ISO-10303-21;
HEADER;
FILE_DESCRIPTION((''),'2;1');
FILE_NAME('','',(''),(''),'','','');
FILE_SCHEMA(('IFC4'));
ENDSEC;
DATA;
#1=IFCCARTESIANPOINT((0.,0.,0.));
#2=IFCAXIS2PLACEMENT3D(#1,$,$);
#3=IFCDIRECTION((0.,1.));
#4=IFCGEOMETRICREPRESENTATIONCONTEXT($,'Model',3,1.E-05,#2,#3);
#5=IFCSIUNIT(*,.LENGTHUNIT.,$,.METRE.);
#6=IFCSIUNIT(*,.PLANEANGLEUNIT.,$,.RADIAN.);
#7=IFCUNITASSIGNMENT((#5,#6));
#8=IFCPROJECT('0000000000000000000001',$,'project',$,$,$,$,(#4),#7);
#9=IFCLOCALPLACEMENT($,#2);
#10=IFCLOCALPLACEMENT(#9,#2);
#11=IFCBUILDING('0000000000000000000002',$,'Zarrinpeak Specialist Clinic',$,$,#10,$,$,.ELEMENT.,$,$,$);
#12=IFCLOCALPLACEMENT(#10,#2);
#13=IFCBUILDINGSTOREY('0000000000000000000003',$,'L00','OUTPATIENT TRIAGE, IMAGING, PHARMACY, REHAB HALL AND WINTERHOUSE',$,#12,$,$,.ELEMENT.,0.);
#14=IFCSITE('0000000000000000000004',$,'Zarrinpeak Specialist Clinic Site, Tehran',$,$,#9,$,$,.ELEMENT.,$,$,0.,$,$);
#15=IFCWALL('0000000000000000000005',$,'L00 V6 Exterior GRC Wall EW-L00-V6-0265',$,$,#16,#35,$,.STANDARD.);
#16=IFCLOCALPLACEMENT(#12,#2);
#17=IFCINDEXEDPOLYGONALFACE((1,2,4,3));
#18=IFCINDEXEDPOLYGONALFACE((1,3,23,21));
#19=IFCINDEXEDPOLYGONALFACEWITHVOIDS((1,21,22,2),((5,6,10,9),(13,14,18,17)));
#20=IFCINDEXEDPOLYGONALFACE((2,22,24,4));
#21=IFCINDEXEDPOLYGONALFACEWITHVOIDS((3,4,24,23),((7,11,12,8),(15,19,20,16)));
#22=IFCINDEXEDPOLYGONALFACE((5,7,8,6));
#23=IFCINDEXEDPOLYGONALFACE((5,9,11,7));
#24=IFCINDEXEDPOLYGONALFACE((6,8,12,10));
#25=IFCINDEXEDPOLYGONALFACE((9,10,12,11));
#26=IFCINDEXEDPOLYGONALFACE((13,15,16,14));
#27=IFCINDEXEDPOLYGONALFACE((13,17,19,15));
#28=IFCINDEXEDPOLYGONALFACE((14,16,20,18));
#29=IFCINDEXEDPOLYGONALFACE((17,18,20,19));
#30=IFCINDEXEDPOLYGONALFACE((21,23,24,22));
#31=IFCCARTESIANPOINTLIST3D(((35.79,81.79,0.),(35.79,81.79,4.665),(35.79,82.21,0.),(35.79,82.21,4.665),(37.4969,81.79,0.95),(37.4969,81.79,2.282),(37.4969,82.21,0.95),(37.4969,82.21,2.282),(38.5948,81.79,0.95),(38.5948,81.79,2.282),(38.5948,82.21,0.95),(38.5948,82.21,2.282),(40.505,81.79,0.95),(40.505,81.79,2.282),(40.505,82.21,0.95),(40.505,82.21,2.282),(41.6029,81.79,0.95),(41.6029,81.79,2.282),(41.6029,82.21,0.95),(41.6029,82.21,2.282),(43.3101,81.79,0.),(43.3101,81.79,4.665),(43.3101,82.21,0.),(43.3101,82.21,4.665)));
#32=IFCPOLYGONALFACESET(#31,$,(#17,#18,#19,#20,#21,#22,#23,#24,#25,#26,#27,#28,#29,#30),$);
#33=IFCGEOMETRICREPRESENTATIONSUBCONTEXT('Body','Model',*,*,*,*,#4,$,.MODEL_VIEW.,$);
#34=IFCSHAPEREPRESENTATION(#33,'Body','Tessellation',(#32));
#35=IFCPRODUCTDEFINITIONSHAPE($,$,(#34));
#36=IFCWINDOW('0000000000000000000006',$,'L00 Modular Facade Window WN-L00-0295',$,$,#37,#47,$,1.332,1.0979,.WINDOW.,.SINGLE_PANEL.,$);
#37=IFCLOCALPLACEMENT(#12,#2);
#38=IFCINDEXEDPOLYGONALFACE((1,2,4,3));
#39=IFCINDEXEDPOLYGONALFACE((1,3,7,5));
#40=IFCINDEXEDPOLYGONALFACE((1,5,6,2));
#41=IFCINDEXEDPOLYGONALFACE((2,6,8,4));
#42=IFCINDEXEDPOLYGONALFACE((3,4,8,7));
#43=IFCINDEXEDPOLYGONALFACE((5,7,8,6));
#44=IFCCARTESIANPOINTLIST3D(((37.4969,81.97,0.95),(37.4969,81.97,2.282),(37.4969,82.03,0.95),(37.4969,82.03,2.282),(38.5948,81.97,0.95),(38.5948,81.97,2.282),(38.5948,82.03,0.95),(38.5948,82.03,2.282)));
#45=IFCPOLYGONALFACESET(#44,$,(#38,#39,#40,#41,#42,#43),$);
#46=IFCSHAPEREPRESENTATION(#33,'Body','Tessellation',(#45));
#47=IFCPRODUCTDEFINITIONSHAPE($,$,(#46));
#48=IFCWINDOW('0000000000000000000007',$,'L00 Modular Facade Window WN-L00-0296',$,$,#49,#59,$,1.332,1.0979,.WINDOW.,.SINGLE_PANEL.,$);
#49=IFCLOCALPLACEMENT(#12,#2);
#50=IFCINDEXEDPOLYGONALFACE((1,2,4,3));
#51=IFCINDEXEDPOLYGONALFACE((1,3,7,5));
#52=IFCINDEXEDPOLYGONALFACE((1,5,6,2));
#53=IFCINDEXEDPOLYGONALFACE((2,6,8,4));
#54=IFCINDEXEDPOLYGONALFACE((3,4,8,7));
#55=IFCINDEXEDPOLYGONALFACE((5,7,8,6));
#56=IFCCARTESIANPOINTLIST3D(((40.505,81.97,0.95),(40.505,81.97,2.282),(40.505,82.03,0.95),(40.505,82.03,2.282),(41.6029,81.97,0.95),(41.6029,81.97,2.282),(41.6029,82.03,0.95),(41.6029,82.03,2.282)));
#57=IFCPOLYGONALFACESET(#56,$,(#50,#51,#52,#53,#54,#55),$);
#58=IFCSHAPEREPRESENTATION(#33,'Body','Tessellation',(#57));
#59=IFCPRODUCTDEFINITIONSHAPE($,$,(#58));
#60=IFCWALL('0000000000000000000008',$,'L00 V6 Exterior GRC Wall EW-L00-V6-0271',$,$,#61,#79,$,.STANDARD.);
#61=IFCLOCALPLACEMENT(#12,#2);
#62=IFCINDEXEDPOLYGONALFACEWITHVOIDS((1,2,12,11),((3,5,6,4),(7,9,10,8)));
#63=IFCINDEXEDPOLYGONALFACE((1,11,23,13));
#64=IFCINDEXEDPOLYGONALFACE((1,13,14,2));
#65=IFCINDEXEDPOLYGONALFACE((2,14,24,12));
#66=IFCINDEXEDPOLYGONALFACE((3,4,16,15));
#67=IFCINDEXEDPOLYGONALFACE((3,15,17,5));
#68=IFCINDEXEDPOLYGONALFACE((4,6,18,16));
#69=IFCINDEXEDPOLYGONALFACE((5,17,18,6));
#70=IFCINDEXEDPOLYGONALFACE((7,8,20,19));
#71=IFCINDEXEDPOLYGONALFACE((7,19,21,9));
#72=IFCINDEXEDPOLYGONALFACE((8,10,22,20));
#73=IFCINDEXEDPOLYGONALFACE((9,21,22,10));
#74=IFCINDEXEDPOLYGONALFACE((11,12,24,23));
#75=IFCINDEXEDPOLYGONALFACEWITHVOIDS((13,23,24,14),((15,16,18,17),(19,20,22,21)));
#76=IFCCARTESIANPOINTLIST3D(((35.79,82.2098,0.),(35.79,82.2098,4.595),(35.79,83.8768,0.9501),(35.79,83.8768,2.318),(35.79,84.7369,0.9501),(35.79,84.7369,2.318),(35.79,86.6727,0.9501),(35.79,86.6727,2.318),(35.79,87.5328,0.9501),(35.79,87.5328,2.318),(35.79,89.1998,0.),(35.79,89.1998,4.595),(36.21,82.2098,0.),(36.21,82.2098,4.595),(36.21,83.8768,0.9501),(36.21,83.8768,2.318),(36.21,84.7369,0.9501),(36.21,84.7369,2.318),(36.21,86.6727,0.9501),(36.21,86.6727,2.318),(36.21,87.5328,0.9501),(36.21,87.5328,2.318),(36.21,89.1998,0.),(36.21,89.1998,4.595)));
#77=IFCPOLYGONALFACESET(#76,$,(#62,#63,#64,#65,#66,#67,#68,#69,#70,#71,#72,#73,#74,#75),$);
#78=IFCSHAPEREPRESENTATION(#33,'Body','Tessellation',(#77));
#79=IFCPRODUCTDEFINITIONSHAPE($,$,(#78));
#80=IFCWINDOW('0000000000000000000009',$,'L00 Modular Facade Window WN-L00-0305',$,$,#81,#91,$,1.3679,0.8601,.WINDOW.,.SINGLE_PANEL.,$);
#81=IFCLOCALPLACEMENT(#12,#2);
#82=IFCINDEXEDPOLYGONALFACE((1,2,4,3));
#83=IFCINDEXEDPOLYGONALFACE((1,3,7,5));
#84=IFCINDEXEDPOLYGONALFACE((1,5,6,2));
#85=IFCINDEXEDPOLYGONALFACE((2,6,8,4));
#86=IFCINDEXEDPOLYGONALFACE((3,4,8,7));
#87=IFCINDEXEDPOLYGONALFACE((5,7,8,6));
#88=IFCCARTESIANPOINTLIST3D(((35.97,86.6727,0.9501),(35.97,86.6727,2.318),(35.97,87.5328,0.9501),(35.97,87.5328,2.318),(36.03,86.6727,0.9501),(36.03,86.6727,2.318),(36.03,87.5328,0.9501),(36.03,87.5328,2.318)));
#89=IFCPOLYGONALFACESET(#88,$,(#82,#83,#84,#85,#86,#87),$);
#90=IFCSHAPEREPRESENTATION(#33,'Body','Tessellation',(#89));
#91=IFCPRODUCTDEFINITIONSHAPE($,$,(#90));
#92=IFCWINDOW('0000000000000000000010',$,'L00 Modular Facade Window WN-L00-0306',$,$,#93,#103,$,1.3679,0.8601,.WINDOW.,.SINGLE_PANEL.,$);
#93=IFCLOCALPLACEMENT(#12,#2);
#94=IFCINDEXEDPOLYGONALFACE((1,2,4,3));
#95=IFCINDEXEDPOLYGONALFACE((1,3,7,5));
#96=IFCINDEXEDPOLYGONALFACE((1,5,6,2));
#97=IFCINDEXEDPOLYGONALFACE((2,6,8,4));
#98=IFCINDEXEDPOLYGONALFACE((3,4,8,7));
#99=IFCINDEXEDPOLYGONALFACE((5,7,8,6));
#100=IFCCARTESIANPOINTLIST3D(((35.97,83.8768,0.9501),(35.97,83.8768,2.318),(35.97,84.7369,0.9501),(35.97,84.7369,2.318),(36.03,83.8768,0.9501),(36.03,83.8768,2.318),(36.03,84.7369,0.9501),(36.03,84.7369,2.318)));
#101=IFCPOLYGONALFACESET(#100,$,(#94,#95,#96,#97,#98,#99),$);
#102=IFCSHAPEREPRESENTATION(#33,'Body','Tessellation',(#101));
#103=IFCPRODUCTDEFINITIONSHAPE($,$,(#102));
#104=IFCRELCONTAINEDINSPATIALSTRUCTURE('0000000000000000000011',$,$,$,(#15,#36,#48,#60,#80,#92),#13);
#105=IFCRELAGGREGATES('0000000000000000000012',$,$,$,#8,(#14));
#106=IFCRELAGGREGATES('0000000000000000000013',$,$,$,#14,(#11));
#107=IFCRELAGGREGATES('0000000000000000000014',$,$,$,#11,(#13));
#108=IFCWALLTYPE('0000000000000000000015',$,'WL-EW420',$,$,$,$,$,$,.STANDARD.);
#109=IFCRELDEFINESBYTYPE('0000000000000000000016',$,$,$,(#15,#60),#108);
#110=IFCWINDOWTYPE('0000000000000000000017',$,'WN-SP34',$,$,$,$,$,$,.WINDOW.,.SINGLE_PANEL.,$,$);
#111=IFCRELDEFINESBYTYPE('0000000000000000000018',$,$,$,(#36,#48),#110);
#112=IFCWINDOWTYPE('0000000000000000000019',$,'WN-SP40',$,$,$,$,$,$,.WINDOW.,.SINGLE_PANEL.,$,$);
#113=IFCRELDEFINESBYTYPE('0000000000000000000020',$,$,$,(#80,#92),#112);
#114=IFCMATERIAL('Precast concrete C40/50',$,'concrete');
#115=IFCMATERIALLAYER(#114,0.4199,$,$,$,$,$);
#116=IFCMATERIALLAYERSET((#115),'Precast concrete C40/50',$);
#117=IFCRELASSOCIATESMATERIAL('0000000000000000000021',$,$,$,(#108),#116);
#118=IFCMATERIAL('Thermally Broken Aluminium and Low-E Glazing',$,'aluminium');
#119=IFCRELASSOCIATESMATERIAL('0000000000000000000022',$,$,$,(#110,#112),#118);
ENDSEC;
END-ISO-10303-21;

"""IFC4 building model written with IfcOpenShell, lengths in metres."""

from ifc_helpers import new_model, si_unit, direction, frame, frame_2d, origin, place, context, subcontext, project, spatial, rectangle, extrude, material, layer, layer_set, type_object, element, fill, save


model = new_model("IFC4")

# Units and contexts
model_context = context("Model", 3, precision=1e-05, world=origin(), true_north=direction((0.0, 1.0)))
body_context = subcontext(model_context, "Body", "Model", "MODEL_VIEW")
ifc_project = project(units=[si_unit("LENGTHUNIT", "METRE"), si_unit("PLANEANGLEUNIT", "RADIAN")], contexts=[model_context])

# Site, building, storey
site_placement = place(None, origin())
site = spatial("IfcSite", under=ifc_project, at=site_placement, Name="Zarrinpeak Specialist Clinic Site, Tehran", CompositionType="ELEMENT", RefElevation=0.0)
building_placement = place(site_placement, origin())
building = spatial("IfcBuilding", under=site, at=building_placement, Name="Zarrinpeak Specialist Clinic", CompositionType="ELEMENT")
storey_placement = place(building_placement, origin())
storey = spatial("IfcBuildingStorey", under=building, at=storey_placement, Name="L00", Description="OUTPATIENT TRIAGE, IMAGING, PHARMACY, REHAB HALL AND WINTERHOUSE", CompositionType="ELEMENT", Elevation=0.0)

# Walls, openings, windows
ifc_material_1 = material(Name="Precast concrete C40/50", Category="concrete")
ifc_layer_1 = layer(ifc_material_1, 0.4199)
ifc_layer_set_1 = layer_set([ifc_layer_1], Name="Precast concrete C40/50")
wall_type = type_object("IfcWallType", Name="WL-EW420", PredefinedType="STANDARD", material=ifc_layer_set_1)
wall_1_placement = place(storey_placement, frame((35.79, 82.0, 0.0), z_axis=(0.0, 0.0, 1.0), x_axis=(1.0, 0.0, 0.0)))
wall_1 = element("IfcWall", 1, at=wall_1_placement, inside=storey, type_object=wall_type, Name="L00 V6 Exterior GRC Wall EW-L00-V6-0265", PredefinedType="STANDARD", context=body_context, shape_type="SweptSolid", body=[
    extrude(rectangle(XDim=7.52, YDim=0.4199, at=frame_2d((3.76, 0.0))), origin(), (0.0, 0.0, 1.0), 4.665),
])
opening_1_placement = place(wall_1_placement, frame((1.707, 0.0, 0.95)))
opening_1 = element("IfcOpeningElement", 2, at=opening_1_placement, cuts=wall_1, PredefinedType="OPENING", context=body_context, shape_type="SweptSolid", body=[
    extrude(rectangle(XDim=1.0979, YDim=1.332, at=frame_2d((0.5488, 0.666))), frame((0.0, 0.22, 0.0), z_axis=(0.0, -1.0, 0.0), x_axis=(1.0, 0.0, 0.0)), (0.0, 0.0, 1.0), 0.4399),
])
opening_2_placement = place(wall_1_placement, frame((4.7151, 0.0, 0.95)))
opening_2 = element("IfcOpeningElement", 3, at=opening_2_placement, cuts=wall_1, PredefinedType="OPENING", context=body_context, shape_type="SweptSolid", body=[
    extrude(rectangle(XDim=1.0979, YDim=1.332, at=frame_2d((0.5488, 0.666))), frame((0.0, 0.22, 0.0), z_axis=(0.0, -1.0, 0.0), x_axis=(1.0, 0.0, 0.0)), (0.0, 0.0, 1.0), 0.4399),
])
ifc_material_2 = material(Name="Thermally Broken Aluminium and Low-E Glazing", Category="aluminium")
window_type_1 = type_object("IfcWindowType", Name="WN-SP34", PartitioningType="SINGLE_PANEL", PredefinedType="WINDOW", material=ifc_material_2)
window_1_placement = place(opening_1_placement, origin())
window_1 = element("IfcWindow", 4, at=window_1_placement, inside=storey, type_object=window_type_1, Name="L00 Modular Facade Window WN-L00-0295", OverallHeight=1.332, OverallWidth=1.0979, PartitioningType="SINGLE_PANEL", PredefinedType="WINDOW", context=body_context, shape_type="SweptSolid", body=[
    extrude(rectangle(XDim=1.0979, YDim=1.332, at=frame_2d((0.5488, 0.666))), frame((0.0, 0.03, 0.0), z_axis=(0.0, -1.0, 0.0), x_axis=(1.0, 0.0, 0.0)), (0.0, 0.0, 1.0), 0.0601),
])
fill(opening_1, window_1)
window_2_placement = place(opening_2_placement, origin())
window_2 = element("IfcWindow", 5, at=window_2_placement, inside=storey, type_object=window_type_1, Name="L00 Modular Facade Window WN-L00-0296", OverallHeight=1.332, OverallWidth=1.0979, PartitioningType="SINGLE_PANEL", PredefinedType="WINDOW", context=body_context, shape_type="SweptSolid", body=[
    extrude(rectangle(XDim=1.0979, YDim=1.332, at=frame_2d((0.5488, 0.666))), frame((0.0, 0.03, 0.0), z_axis=(0.0, -1.0, 0.0), x_axis=(1.0, 0.0, 0.0)), (0.0, 0.0, 1.0), 0.0601),
])
fill(opening_2, window_2)
wall_2_placement = place(storey_placement, frame((36.0, 89.2, 0.0), z_axis=(0.0, 0.0, 1.0), x_axis=(0.0, -1.0, 0.0)))
wall_2 = element("IfcWall", 6, at=wall_2_placement, inside=storey, type_object=wall_type, Name="L00 V6 Exterior GRC Wall EW-L00-V6-0271", PredefinedType="STANDARD", context=body_context, shape_type="SweptSolid", body=[
    extrude(rectangle(XDim=6.99, YDim=0.4199, at=frame_2d((3.4951, 0.0))), origin(), (0.0, 0.0, 1.0), 4.595),
])
opening_3_placement = place(wall_2_placement, frame((1.667, 0.0, 0.95)))
opening_3 = element("IfcOpeningElement", 7, at=opening_3_placement, cuts=wall_2, PredefinedType="OPENING", context=body_context, shape_type="SweptSolid", body=[
    extrude(rectangle(XDim=0.8601, YDim=1.3679, at=frame_2d((0.4302, 0.6841))), frame((0.0, 0.22, 0.0), z_axis=(0.0, -1.0, 0.0), x_axis=(1.0, 0.0, 0.0)), (0.0, 0.0, 1.0), 0.4399),
])
opening_4_placement = place(wall_2_placement, frame((4.4629, 0.0, 0.95)))
opening_4 = element("IfcOpeningElement", 8, at=opening_4_placement, cuts=wall_2, PredefinedType="OPENING", context=body_context, shape_type="SweptSolid", body=[
    extrude(rectangle(XDim=0.8601, YDim=1.3679, at=frame_2d((0.4302, 0.6841))), frame((0.0, 0.22, 0.0), z_axis=(0.0, -1.0, 0.0), x_axis=(1.0, 0.0, 0.0)), (0.0, 0.0, 1.0), 0.4399),
])
window_type_2 = type_object("IfcWindowType", Name="WN-SP40", PartitioningType="SINGLE_PANEL", PredefinedType="WINDOW", material=ifc_material_2)
window_3_placement = place(opening_3_placement, origin())
window_3 = element("IfcWindow", 9, at=window_3_placement, inside=storey, type_object=window_type_2, Name="L00 Modular Facade Window WN-L00-0305", OverallHeight=1.3679, OverallWidth=0.8601, PartitioningType="SINGLE_PANEL", PredefinedType="WINDOW", context=body_context, shape_type="SweptSolid", body=[
    extrude(rectangle(XDim=0.8601, YDim=1.3679, at=frame_2d((0.4302, 0.6841))), frame((0.0, 0.03, 0.0), z_axis=(0.0, -1.0, 0.0), x_axis=(1.0, 0.0, 0.0)), (0.0, 0.0, 1.0), 0.0601),
])
fill(opening_3, window_3)
window_4_placement = place(opening_4_placement, origin())
window_4 = element("IfcWindow", 10, at=window_4_placement, inside=storey, type_object=window_type_2, Name="L00 Modular Facade Window WN-L00-0306", OverallHeight=1.3679, OverallWidth=0.8601, PartitioningType="SINGLE_PANEL", PredefinedType="WINDOW", context=body_context, shape_type="SweptSolid", body=[
    extrude(rectangle(XDim=0.8601, YDim=1.3679, at=frame_2d((0.4302, 0.6841))), frame((0.0, 0.03, 0.0), z_axis=(0.0, -1.0, 0.0), x_axis=(1.0, 0.0, 0.0)), (0.0, 0.0, 1.0), 0.0601),
])
fill(opening_4, window_4)

save(model, "model.ifc")
